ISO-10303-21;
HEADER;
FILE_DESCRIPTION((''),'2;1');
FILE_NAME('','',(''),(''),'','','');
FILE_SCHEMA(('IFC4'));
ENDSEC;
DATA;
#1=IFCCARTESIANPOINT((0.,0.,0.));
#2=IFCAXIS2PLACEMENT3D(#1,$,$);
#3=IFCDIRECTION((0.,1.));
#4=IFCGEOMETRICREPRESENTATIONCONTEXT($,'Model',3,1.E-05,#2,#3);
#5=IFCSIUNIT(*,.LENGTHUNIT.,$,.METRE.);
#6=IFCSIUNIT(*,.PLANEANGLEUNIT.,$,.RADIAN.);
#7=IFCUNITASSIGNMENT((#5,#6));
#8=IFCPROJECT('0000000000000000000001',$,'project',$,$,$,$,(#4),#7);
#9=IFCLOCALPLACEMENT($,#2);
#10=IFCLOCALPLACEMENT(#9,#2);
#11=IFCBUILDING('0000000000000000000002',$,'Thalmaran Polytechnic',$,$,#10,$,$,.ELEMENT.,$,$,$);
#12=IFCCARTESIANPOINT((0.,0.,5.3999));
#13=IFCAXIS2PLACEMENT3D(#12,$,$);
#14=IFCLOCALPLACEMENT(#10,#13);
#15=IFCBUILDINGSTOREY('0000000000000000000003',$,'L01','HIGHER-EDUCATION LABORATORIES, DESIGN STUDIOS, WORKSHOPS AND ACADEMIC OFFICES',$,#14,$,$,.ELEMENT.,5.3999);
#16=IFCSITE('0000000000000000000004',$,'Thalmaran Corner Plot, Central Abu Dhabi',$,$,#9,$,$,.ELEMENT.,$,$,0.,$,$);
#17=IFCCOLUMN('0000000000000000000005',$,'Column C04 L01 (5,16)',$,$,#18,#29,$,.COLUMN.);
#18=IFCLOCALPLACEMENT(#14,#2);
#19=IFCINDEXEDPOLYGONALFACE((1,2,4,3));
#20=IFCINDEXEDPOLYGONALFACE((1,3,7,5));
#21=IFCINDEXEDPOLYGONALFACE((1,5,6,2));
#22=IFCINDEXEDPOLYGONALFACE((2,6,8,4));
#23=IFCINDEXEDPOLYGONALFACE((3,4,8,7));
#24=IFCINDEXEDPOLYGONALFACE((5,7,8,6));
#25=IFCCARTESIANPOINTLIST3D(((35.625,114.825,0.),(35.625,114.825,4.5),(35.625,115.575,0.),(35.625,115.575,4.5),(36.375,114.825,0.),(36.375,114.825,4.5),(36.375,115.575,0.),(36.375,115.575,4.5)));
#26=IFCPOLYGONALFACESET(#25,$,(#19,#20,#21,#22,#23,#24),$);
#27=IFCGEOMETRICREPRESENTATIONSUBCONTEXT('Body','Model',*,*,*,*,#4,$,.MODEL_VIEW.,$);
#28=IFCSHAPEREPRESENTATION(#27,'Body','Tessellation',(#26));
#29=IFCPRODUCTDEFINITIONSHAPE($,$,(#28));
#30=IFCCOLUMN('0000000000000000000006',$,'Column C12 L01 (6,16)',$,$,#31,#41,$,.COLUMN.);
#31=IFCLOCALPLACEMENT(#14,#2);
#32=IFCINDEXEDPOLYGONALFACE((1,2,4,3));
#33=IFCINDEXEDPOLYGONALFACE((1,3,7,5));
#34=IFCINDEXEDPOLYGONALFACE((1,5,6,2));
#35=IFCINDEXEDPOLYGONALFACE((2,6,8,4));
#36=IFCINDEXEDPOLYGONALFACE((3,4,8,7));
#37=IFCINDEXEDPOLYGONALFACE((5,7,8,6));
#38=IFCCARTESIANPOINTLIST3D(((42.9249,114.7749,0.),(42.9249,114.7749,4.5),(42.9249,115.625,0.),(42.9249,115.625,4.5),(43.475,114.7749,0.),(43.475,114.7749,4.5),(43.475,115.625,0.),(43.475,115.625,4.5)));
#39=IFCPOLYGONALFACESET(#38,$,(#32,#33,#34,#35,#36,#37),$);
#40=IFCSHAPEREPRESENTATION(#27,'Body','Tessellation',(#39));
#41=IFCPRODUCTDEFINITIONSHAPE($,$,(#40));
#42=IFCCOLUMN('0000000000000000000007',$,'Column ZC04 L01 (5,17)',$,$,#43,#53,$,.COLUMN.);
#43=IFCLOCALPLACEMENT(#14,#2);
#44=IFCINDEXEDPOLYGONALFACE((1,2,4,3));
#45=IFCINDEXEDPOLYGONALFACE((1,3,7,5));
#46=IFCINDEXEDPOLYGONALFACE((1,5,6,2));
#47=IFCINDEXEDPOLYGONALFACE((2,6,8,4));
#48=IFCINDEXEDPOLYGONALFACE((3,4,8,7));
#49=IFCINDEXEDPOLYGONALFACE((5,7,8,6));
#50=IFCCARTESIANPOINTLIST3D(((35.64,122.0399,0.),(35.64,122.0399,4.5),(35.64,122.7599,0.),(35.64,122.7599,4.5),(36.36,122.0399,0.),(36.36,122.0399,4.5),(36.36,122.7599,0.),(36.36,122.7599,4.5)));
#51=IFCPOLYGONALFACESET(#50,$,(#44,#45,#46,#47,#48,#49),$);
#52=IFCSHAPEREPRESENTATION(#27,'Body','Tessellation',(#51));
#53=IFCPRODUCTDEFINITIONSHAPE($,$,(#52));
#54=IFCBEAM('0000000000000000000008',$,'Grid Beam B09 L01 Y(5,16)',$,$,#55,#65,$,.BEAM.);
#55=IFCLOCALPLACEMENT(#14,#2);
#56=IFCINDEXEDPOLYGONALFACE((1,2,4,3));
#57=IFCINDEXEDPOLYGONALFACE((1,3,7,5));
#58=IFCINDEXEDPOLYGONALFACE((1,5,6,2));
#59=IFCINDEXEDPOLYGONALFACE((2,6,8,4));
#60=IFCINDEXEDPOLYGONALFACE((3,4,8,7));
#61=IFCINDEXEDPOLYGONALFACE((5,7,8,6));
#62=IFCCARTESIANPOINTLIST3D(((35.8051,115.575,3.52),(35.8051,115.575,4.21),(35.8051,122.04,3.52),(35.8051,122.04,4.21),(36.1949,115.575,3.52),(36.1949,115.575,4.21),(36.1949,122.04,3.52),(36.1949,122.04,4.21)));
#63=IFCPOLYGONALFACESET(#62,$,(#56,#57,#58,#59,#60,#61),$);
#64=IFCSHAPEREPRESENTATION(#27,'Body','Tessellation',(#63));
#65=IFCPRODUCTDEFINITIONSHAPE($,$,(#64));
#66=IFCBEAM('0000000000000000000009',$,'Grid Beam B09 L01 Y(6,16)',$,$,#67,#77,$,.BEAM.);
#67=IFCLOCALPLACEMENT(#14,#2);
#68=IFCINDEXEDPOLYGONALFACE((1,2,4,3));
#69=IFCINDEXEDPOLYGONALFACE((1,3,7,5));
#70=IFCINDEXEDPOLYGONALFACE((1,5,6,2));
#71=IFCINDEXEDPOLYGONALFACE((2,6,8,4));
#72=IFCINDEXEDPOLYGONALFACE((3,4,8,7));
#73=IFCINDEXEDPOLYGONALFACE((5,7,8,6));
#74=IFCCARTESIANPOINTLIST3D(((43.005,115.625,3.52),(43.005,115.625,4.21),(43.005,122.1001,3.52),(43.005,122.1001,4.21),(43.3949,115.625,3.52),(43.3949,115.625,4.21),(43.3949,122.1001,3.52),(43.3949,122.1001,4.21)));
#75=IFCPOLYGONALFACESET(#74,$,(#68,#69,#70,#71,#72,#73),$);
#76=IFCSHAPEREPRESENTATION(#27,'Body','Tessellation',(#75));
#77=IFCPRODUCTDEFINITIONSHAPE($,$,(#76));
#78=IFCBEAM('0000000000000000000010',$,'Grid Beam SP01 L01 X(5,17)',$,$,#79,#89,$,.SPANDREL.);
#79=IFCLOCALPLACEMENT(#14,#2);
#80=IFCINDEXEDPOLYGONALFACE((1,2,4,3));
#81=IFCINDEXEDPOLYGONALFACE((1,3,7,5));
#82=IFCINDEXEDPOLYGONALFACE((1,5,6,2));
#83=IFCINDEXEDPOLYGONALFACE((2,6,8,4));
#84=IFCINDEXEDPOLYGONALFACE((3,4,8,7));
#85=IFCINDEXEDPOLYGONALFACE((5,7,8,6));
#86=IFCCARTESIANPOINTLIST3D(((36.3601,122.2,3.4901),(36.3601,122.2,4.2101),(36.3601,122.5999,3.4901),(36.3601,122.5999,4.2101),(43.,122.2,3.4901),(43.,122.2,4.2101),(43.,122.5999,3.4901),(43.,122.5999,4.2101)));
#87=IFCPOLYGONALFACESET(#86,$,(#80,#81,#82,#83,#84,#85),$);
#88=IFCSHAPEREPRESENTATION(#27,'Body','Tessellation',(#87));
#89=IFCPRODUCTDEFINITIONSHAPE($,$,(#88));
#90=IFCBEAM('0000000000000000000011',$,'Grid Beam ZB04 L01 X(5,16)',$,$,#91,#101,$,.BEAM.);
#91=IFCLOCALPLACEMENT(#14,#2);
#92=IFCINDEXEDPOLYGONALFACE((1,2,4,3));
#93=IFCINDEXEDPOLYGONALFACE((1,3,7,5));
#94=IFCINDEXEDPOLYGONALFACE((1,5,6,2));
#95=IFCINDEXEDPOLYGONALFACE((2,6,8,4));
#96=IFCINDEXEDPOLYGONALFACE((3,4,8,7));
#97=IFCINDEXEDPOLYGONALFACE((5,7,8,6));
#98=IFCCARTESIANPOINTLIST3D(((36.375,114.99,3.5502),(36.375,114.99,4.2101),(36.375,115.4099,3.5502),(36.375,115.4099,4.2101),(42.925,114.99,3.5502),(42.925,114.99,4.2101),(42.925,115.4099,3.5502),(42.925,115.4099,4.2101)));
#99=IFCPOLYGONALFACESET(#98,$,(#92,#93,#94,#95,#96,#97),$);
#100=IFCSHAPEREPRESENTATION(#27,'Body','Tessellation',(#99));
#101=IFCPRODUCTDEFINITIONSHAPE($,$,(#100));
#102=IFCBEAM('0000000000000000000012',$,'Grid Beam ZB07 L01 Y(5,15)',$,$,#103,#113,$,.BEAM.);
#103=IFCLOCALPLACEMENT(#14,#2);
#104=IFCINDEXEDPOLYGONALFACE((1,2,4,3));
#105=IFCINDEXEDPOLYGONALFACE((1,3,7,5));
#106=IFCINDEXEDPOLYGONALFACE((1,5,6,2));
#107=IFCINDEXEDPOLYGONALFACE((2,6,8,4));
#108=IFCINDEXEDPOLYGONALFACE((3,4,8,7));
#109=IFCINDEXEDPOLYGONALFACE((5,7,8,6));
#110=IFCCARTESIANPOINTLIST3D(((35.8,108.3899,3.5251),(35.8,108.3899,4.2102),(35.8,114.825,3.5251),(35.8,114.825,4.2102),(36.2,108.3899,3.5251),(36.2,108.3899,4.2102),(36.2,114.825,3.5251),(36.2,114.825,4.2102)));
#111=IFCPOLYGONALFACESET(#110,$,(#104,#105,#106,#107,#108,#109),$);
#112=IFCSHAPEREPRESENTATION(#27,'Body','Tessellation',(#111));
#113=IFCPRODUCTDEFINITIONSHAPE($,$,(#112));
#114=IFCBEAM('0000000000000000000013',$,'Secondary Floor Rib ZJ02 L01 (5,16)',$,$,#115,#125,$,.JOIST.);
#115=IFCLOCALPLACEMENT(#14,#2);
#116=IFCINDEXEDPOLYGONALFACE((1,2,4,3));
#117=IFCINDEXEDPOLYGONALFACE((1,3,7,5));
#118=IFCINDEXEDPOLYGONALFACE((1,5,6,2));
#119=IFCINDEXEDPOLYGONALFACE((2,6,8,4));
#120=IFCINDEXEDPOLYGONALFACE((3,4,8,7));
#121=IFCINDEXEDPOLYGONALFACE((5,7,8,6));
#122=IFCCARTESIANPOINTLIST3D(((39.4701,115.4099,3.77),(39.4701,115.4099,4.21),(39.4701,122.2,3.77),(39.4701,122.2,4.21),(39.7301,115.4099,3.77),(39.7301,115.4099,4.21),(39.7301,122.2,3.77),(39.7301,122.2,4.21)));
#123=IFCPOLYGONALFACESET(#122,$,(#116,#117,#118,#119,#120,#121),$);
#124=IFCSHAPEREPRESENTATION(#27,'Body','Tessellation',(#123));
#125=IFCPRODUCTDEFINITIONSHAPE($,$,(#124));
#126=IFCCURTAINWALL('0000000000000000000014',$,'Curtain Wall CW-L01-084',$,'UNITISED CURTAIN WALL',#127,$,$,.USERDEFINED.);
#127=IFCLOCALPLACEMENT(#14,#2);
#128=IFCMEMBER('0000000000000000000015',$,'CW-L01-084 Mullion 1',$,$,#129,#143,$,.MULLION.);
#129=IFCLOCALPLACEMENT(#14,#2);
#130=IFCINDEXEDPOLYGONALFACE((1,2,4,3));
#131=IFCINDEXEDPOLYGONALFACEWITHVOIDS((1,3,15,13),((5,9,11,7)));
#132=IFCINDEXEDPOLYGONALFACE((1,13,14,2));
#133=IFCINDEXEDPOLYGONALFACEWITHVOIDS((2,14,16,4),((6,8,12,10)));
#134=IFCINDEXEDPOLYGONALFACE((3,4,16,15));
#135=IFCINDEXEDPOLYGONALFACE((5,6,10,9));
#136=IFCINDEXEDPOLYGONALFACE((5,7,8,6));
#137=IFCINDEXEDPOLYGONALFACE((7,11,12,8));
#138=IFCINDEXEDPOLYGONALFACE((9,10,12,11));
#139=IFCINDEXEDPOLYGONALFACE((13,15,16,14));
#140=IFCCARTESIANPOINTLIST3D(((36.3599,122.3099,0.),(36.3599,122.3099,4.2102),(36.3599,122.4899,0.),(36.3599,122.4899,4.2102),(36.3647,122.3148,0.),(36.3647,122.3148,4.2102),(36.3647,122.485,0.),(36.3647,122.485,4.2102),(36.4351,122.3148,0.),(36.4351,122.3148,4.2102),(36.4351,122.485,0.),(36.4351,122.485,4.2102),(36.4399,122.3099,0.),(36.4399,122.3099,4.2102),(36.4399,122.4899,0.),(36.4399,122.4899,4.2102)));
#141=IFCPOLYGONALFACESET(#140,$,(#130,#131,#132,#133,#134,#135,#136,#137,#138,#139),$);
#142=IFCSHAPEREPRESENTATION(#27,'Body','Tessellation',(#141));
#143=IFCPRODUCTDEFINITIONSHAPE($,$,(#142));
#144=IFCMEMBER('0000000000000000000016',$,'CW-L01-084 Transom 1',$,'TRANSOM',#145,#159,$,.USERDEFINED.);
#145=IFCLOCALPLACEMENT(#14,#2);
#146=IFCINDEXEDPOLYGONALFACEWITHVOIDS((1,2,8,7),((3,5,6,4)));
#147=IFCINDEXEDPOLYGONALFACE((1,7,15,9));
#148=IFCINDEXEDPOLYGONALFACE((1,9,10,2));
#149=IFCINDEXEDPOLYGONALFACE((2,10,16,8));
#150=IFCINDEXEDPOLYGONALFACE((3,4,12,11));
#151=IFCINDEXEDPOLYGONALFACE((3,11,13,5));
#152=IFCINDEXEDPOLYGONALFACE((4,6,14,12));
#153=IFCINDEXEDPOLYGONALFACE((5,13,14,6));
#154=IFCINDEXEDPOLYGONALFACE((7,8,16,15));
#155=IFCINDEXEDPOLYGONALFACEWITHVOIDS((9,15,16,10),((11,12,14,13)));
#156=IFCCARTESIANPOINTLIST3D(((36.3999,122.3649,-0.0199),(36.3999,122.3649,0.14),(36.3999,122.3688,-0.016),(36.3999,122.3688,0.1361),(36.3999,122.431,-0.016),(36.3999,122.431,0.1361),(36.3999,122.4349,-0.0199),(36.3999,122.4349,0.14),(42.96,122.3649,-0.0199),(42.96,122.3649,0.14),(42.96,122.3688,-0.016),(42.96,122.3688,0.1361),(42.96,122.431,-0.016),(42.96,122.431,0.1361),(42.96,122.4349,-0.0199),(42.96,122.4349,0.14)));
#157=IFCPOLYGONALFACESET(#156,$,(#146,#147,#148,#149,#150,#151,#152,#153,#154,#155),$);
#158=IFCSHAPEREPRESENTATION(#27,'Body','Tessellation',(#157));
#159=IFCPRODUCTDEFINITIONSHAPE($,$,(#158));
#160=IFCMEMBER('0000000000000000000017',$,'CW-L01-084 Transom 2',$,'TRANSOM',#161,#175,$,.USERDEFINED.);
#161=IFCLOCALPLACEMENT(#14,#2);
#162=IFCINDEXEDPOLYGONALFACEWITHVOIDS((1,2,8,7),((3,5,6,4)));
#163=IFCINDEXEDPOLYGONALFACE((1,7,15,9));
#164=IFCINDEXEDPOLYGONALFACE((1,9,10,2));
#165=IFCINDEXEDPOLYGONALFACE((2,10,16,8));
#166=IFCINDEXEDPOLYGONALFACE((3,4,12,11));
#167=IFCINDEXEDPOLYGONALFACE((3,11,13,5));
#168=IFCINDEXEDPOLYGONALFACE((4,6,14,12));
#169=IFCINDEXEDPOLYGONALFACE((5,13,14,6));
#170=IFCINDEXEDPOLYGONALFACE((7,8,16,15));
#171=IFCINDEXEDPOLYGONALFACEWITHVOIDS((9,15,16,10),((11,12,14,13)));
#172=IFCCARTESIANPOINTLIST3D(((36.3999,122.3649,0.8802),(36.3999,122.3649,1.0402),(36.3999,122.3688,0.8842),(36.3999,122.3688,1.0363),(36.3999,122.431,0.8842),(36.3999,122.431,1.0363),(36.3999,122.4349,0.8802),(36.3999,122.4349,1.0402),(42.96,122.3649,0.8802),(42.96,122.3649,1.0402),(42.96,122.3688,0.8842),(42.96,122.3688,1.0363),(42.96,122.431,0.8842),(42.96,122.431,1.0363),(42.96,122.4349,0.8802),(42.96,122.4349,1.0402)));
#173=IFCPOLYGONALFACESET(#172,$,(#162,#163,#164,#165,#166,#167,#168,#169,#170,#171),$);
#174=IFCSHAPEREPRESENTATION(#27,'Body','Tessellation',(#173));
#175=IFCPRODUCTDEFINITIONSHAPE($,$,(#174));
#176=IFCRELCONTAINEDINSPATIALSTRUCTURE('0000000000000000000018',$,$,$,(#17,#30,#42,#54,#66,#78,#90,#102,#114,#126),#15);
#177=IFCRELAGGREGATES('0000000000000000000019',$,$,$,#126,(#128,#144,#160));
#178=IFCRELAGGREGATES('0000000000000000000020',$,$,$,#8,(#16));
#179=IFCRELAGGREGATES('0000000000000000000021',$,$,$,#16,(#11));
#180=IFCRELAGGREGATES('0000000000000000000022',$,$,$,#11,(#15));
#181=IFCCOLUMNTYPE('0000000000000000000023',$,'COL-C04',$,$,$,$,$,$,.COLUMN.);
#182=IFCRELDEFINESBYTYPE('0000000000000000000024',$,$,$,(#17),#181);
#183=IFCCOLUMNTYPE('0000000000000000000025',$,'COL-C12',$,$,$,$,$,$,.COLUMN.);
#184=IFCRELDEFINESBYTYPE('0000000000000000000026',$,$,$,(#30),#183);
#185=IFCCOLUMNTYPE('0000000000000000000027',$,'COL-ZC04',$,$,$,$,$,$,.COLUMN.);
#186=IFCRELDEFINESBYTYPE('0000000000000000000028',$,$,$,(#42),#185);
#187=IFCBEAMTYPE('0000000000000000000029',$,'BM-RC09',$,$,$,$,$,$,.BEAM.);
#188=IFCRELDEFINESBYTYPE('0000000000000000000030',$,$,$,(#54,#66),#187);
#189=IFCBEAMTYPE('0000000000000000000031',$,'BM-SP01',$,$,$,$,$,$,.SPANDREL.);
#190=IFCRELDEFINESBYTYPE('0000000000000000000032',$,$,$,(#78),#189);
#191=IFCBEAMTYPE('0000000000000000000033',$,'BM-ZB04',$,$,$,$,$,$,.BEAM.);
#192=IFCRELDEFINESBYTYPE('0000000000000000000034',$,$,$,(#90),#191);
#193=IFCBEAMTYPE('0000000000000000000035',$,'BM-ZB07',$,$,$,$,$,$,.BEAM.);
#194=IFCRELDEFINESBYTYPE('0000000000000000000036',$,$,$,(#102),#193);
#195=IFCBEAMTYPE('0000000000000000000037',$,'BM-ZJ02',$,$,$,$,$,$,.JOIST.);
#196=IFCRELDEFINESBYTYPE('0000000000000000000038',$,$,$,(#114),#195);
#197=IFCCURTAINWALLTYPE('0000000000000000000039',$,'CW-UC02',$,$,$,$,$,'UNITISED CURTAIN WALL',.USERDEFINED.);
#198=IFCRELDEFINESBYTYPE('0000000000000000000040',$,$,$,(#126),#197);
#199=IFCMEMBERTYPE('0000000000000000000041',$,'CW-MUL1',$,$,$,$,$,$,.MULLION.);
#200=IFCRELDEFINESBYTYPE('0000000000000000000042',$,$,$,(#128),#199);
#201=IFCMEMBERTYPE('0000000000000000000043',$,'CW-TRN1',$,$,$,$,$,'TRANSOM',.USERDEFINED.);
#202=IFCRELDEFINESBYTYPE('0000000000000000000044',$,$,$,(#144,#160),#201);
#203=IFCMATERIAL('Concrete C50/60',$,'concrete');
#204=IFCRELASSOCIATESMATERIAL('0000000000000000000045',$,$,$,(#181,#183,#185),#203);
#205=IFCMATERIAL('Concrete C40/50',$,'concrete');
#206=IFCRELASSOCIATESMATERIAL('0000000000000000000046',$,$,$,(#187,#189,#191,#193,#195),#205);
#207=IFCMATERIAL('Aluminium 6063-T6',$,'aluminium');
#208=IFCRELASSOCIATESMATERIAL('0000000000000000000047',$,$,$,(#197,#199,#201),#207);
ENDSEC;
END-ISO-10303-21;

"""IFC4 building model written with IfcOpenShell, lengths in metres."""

from ifc_helpers import new_model, si_unit, direction, frame, origin, origin_2d, place, context, subcontext, project, spatial, rectangle, hollow_rectangle, extrude, material, material_profile, profile_set, type_object, element, aggregate, save


model = new_model("IFC4")

# Units and contexts
model_context = context("Model", 3, precision=1e-05, world=origin(), true_north=direction((0.0, 1.0)))
body_context = subcontext(model_context, "Body", "Model", "MODEL_VIEW")
ifc_project = project(units=[si_unit("LENGTHUNIT", "METRE"), si_unit("PLANEANGLEUNIT", "RADIAN")], contexts=[model_context])

# Site, building, storey
site_placement = place(None, origin())
site = spatial("IfcSite", under=ifc_project, at=site_placement, Name="Thalmaran Corner Plot, Central Abu Dhabi", CompositionType="ELEMENT", RefElevation=0.0)
building_placement = place(site_placement, origin())
building = spatial("IfcBuilding", under=site, at=building_placement, Name="Thalmaran Polytechnic", CompositionType="ELEMENT")
storey_placement = place(building_placement, frame((0.0, 0.0, 5.3999)))
storey = spatial("IfcBuildingStorey", under=building, at=storey_placement, Name="L01", Description="HIGHER-EDUCATION LABORATORIES, DESIGN STUDIOS, WORKSHOPS AND ACADEMIC OFFICES", CompositionType="ELEMENT", Elevation=5.3999)

# Columns
ifc_material_1 = material(Name="Concrete C50/60", Category="concrete")
ifc_material_profile_1 = material_profile(ifc_material_1, rectangle(XDim=0.75, YDim=0.75, at=origin_2d()), Name="RC 750x750")
ifc_profile_set_1 = profile_set([ifc_material_profile_1], Name="Concrete C50/60")
column_type_1 = type_object("IfcColumnType", Name="COL-C04", PredefinedType="COLUMN", material=ifc_profile_set_1)
column_1_placement = place(storey_placement, frame((36.0, 115.2, 0.0), z_axis=(0.0, 0.0, 1.0), x_axis=(1.0, 0.0, 0.0)))
element("IfcColumn", 1, at=column_1_placement, inside=storey, type_object=column_type_1, Name="Column C04 L01 (5,16)", PredefinedType="COLUMN", context=body_context, shape_type="SweptSolid", body=[
    extrude(rectangle(XDim=0.75, YDim=0.75, at=origin_2d()), origin(), (0.0, 0.0, 1.0), 4.5),
])
ifc_material_profile_2 = material_profile(ifc_material_1, rectangle(XDim=0.55, YDim=0.8501, at=origin_2d()), Name="RC 550x850")
ifc_profile_set_2 = profile_set([ifc_material_profile_2], Name="Concrete C50/60")
column_type_2 = type_object("IfcColumnType", Name="COL-C12", PredefinedType="COLUMN", material=ifc_profile_set_2)
column_2_placement = place(storey_placement, frame((43.2, 115.2, 0.0), z_axis=(0.0, 0.0, 1.0), x_axis=(1.0, 0.0, 0.0)))
element("IfcColumn", 2, at=column_2_placement, inside=storey, type_object=column_type_2, Name="Column C12 L01 (6,16)", PredefinedType="COLUMN", context=body_context, shape_type="SweptSolid", body=[
    extrude(rectangle(XDim=0.55, YDim=0.8501, at=origin_2d()), origin(), (0.0, 0.0, 1.0), 4.5),
])
ifc_material_profile_3 = material_profile(ifc_material_1, rectangle(XDim=0.72, YDim=0.72, at=origin_2d()), Name="RC 720x720")
ifc_profile_set_3 = profile_set([ifc_material_profile_3], Name="Concrete C50/60")
column_type_3 = type_object("IfcColumnType", Name="COL-ZC04", PredefinedType="COLUMN", material=ifc_profile_set_3)
column_3_placement = place(storey_placement, frame((36.0, 122.3999, 0.0), z_axis=(0.0, 0.0, 1.0), x_axis=(1.0, 0.0, 0.0)))
element("IfcColumn", 3, at=column_3_placement, inside=storey, type_object=column_type_3, Name="Column ZC04 L01 (5,17)", PredefinedType="COLUMN", context=body_context, shape_type="SweptSolid", body=[
    extrude(rectangle(XDim=0.72, YDim=0.72, at=origin_2d()), origin(), (0.0, 0.0, 1.0), 4.5),
])

# Beams
ifc_material_2 = material(Name="Concrete C40/50", Category="concrete")
ifc_material_profile_4 = material_profile(ifc_material_2, rectangle(XDim=0.3899, YDim=0.6899, at=origin_2d()), Name="RC 390x690")
ifc_profile_set_4 = profile_set([ifc_material_profile_4], Name="Concrete C40/50")
beam_type_1 = type_object("IfcBeamType", Name="BM-RC09", PredefinedType="BEAM", material=ifc_profile_set_4)
beam_1_placement = place(storey_placement, frame((36.0, 115.575, 3.865), z_axis=(0.0, 1.0, 0.0), x_axis=(-1.0, 0.0, 0.0)))
element("IfcBeam", 4, at=beam_1_placement, inside=storey, type_object=beam_type_1, Name="Grid Beam B09 L01 Y(5,16)", PredefinedType="BEAM", context=body_context, shape_type="SweptSolid", body=[
    extrude(rectangle(XDim=0.3899, YDim=0.6899, at=origin_2d()), origin(), (0.0, 0.0, 1.0), 6.4651),
])
beam_2_placement = place(storey_placement, frame((43.2, 115.625, 3.865), z_axis=(0.0, 1.0, 0.0), x_axis=(-1.0, 0.0, 0.0)))
element("IfcBeam", 5, at=beam_2_placement, inside=storey, type_object=beam_type_1, Name="Grid Beam B09 L01 Y(6,16)", PredefinedType="BEAM", context=body_context, shape_type="SweptSolid", body=[
    extrude(rectangle(XDim=0.3899, YDim=0.6899, at=origin_2d()), origin(), (0.0, 0.0, 1.0), 6.4751),
])
ifc_material_profile_5 = material_profile(ifc_material_2, rectangle(XDim=0.3999, YDim=0.72, at=origin_2d()), Name="RC 400x720")
ifc_profile_set_5 = profile_set([ifc_material_profile_5], Name="Concrete C40/50")
beam_type_2 = type_object("IfcBeamType", Name="BM-SP01", PredefinedType="SPANDREL", material=ifc_profile_set_5)
beam_3_placement = place(storey_placement, frame((36.3601, 122.3999, 3.8501), z_axis=(1.0, 0.0, 0.0), x_axis=(0.0, 1.0, 0.0)))
element("IfcBeam", 6, at=beam_3_placement, inside=storey, type_object=beam_type_2, Name="Grid Beam SP01 L01 X(5,17)", PredefinedType="SPANDREL", context=body_context, shape_type="SweptSolid", body=[
    extrude(rectangle(XDim=0.3999, YDim=0.72, at=origin_2d()), origin(), (0.0, 0.0, 1.0), 6.6399),
])
ifc_material_profile_6 = material_profile(ifc_material_2, rectangle(XDim=0.4199, YDim=0.6599, at=origin_2d()), Name="RC 420x660")
ifc_profile_set_6 = profile_set([ifc_material_profile_6], Name="Concrete C40/50")
beam_type_3 = type_object("IfcBeamType", Name="BM-ZB04", PredefinedType="BEAM", material=ifc_profile_set_6)
beam_4_placement = place(storey_placement, frame((36.375, 115.2, 3.8801), z_axis=(1.0, 0.0, 0.0), x_axis=(0.0, 1.0, 0.0)))
element("IfcBeam", 7, at=beam_4_placement, inside=storey, type_object=beam_type_3, Name="Grid Beam ZB04 L01 X(5,16)", PredefinedType="BEAM", context=body_context, shape_type="SweptSolid", body=[
    extrude(rectangle(XDim=0.4199, YDim=0.6599, at=origin_2d()), origin(), (0.0, 0.0, 1.0), 6.55),
])
ifc_material_profile_7 = material_profile(ifc_material_2, rectangle(XDim=0.3999, YDim=0.6851, at=origin_2d()), Name="RC 400x685")
ifc_profile_set_7 = profile_set([ifc_material_profile_7], Name="Concrete C40/50")
beam_type_4 = type_object("IfcBeamType", Name="BM-ZB07", PredefinedType="BEAM", material=ifc_profile_set_7)
beam_5_placement = place(storey_placement, frame((36.0, 108.3899, 3.8677), z_axis=(0.0, 1.0, 0.0), x_axis=(-1.0, 0.0, 0.0)))
element("IfcBeam", 8, at=beam_5_placement, inside=storey, type_object=beam_type_4, Name="Grid Beam ZB07 L01 Y(5,15)", PredefinedType="BEAM", context=body_context, shape_type="SweptSolid", body=[
    extrude(rectangle(XDim=0.3999, YDim=0.6851, at=origin_2d()), origin(), (0.0, 0.0, 1.0), 6.4351),
])
ifc_material_profile_8 = material_profile(ifc_material_2, rectangle(XDim=0.26, YDim=0.4399, at=origin_2d()), Name="RC 260x440")
ifc_profile_set_8 = profile_set([ifc_material_profile_8], Name="Concrete C40/50")
beam_type_5 = type_object("IfcBeamType", Name="BM-ZJ02", PredefinedType="JOIST", material=ifc_profile_set_8)
beam_6_placement = place(storey_placement, frame((39.6001, 115.4099, 3.99), z_axis=(0.0, 1.0, 0.0), x_axis=(-1.0, 0.0, 0.0)))
element("IfcBeam", 9, at=beam_6_placement, inside=storey, type_object=beam_type_5, Name="Secondary Floor Rib ZJ02 L01 (5,16)", PredefinedType="JOIST", context=body_context, shape_type="SweptSolid", body=[
    extrude(rectangle(XDim=0.26, YDim=0.4399, at=origin_2d()), origin(), (0.0, 0.0, 1.0), 6.79),
])

# Curtain wall, members
ifc_material_3 = material(Name="Aluminium 6063-T6", Category="aluminium")
curtain_wall_type = type_object("IfcCurtainWallType", Name="CW-UC02", ElementType="UNITISED CURTAIN WALL", PredefinedType="USERDEFINED", material=ifc_material_3)
curtain_wall_placement = place(storey_placement, origin())
curtain_wall = element("IfcCurtainWall", 10, at=curtain_wall_placement, inside=storey, type_object=curtain_wall_type, Name="Curtain Wall CW-L01-084", ObjectType="UNITISED CURTAIN WALL", PredefinedType="USERDEFINED")
ifc_material_profile_9 = material_profile(ifc_material_3, hollow_rectangle(XDim=0.0801, YDim=0.1799, WallThickness=0.0049, at=origin_2d()), Name="RHS 180x80x5.0")
ifc_profile_set_9 = profile_set([ifc_material_profile_9], Name="Aluminium 6063-T6")
member_type_1 = type_object("IfcMemberType", Name="CW-MUL1", PredefinedType="MULLION", material=ifc_profile_set_9)
member_1_placement = place(storey_placement, frame((36.3999, 122.3999, 0.0), z_axis=(0.0, 0.0, 1.0), x_axis=(1.0, 0.0, 0.0)))
member_1 = element("IfcMember", 11, at=member_1_placement, type_object=member_type_1, Name="CW-L01-084 Mullion 1", PredefinedType="MULLION", context=body_context, shape_type="SweptSolid", body=[
    extrude(hollow_rectangle(XDim=0.0801, YDim=0.1799, WallThickness=0.0049, at=origin_2d()), origin(), (0.0, 0.0, 1.0), 4.2102),
])
ifc_material_profile_10 = material_profile(ifc_material_3, hollow_rectangle(XDim=0.0701, YDim=0.1599, WallThickness=0.0039, at=origin_2d()), Name="AL 160x70x4.0")
ifc_profile_set_10 = profile_set([ifc_material_profile_10], Name="Aluminium 6063-T6")
member_type_2 = type_object("IfcMemberType", Name="CW-TRN1", ElementType="TRANSOM", PredefinedType="USERDEFINED", material=ifc_profile_set_10)
member_2_placement = place(storey_placement, frame((36.3999, 122.3999, 0.0601), z_axis=(1.0, 0.0, 0.0), x_axis=(0.0, 1.0, 0.0)))
member_2 = element("IfcMember", 12, at=member_2_placement, type_object=member_type_2, Name="CW-L01-084 Transom 1", ObjectType="TRANSOM", PredefinedType="USERDEFINED", context=body_context, shape_type="SweptSolid", body=[
    extrude(hollow_rectangle(XDim=0.0701, YDim=0.1599, WallThickness=0.0039, at=origin_2d()), origin(), (0.0, 0.0, 1.0), 6.5601),
])
member_3_placement = place(storey_placement, frame((36.3999, 122.3999, 0.9602), z_axis=(1.0, 0.0, 0.0), x_axis=(0.0, 1.0, 0.0)))
member_3 = element("IfcMember", 13, at=member_3_placement, type_object=member_type_2, Name="CW-L01-084 Transom 2", ObjectType="TRANSOM", PredefinedType="USERDEFINED", context=body_context, shape_type="SweptSolid", body=[
    extrude(hollow_rectangle(XDim=0.0701, YDim=0.1599, WallThickness=0.0039, at=origin_2d()), origin(), (0.0, 0.0, 1.0), 6.5601),
])
aggregate(curtain_wall, [member_1, member_2, member_3])

save(model, "model.ifc")
